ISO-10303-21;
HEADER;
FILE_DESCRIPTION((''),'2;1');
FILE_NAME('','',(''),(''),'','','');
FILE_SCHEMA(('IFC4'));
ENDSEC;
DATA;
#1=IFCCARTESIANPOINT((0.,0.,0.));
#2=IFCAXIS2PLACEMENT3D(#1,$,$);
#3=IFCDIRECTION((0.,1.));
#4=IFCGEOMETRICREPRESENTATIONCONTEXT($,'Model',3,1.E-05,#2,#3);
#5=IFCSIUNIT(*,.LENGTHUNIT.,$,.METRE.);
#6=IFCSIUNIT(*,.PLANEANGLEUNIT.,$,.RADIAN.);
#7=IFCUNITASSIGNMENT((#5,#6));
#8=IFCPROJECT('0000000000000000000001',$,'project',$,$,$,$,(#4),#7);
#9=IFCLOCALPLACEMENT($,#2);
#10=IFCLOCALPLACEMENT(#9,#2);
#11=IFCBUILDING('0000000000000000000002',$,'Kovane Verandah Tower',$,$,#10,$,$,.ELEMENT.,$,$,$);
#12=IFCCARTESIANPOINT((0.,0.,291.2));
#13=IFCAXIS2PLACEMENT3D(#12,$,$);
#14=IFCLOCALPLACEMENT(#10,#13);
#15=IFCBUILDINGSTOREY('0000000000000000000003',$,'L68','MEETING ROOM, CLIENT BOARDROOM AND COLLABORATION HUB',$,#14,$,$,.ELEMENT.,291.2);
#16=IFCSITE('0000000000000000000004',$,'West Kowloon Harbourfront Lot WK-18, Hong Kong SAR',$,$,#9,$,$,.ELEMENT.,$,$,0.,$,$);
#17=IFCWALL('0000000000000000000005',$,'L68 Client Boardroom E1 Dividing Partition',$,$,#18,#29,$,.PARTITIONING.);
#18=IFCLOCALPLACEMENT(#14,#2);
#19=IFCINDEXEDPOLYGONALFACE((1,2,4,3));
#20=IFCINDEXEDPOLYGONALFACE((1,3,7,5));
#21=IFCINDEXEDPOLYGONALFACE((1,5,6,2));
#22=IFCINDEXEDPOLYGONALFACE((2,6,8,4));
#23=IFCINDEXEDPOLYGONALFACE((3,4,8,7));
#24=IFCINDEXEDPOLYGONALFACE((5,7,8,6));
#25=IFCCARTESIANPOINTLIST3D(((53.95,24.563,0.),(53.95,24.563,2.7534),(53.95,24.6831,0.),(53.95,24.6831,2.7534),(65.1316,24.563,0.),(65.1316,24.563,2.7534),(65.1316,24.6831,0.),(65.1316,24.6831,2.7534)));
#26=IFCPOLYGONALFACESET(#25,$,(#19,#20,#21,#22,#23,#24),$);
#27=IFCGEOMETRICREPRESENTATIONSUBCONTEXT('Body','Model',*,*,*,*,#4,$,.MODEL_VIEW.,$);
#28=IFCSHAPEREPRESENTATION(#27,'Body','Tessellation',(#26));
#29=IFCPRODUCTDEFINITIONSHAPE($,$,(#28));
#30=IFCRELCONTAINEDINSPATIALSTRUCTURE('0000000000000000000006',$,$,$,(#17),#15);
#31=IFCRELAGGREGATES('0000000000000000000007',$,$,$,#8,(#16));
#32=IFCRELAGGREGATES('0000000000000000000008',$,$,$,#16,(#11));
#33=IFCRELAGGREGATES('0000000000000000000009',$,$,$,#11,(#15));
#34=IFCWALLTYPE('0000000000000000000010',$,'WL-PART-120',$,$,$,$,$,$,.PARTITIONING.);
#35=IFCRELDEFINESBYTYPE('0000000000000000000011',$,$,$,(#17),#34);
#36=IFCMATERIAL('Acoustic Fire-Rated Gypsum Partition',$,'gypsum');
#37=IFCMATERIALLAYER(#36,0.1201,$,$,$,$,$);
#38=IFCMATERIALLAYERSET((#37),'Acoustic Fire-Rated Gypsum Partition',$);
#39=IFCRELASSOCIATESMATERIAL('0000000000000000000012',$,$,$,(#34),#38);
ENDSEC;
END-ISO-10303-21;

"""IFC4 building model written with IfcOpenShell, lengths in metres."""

from ifc_helpers import new_model, si_unit, direction, frame, frame_2d, origin, place, context, subcontext, project, spatial, rectangle, extrude, material, layer, layer_set, type_object, element, save


model = new_model("IFC4")

# Units and contexts
model_context = context("Model", 3, precision=1e-05, world=origin(), true_north=direction((0.0, 1.0)))
body_context = subcontext(model_context, "Body", "Model", "MODEL_VIEW")
ifc_project = project(units=[si_unit("LENGTHUNIT", "METRE"), si_unit("PLANEANGLEUNIT", "RADIAN")], contexts=[model_context])

# Site, building, storey
site_placement = place(None, origin())
site = spatial("IfcSite", under=ifc_project, at=site_placement, Name="West Kowloon Harbourfront Lot WK-18, Hong Kong SAR", CompositionType="ELEMENT", RefElevation=0.0)
building_placement = place(site_placement, origin())
building = spatial("IfcBuilding", under=site, at=building_placement, Name="Kovane Verandah Tower", CompositionType="ELEMENT")
storey_placement = place(building_placement, frame((0.0, 0.0, 291.2)))
storey = spatial("IfcBuildingStorey", under=building, at=storey_placement, Name="L68", Description="MEETING ROOM, CLIENT BOARDROOM AND COLLABORATION HUB", CompositionType="ELEMENT", Elevation=291.2)

# Wall
ifc_material_1 = material(Name="Acoustic Fire-Rated Gypsum Partition", Category="gypsum")
ifc_layer_1 = layer(ifc_material_1, 0.1201)
ifc_layer_set_1 = layer_set([ifc_layer_1], Name="Acoustic Fire-Rated Gypsum Partition")
wall_type_1 = type_object("IfcWallType", Name="WL-PART-120", PredefinedType="PARTITIONING", material=ifc_layer_set_1)
wall_1_placement = place(storey_placement, frame((53.95, 24.623, 0.0), z_axis=(0.0, 0.0, 1.0), x_axis=(1.0, 0.0, 0.0)))
element("IfcWall", 1, at=wall_1_placement, inside=storey, type_object=wall_type_1, Name="L68 Client Boardroom E1 Dividing Partition", PredefinedType="PARTITIONING", context=body_context, shape_type="SweptSolid", body=[
    extrude(rectangle(XDim=11.1816, YDim=0.1201, at=frame_2d((5.5908, 0.0))), origin(), (0.0, 0.0, 1.0), 2.7534),
])

save(model, "model.ifc")
